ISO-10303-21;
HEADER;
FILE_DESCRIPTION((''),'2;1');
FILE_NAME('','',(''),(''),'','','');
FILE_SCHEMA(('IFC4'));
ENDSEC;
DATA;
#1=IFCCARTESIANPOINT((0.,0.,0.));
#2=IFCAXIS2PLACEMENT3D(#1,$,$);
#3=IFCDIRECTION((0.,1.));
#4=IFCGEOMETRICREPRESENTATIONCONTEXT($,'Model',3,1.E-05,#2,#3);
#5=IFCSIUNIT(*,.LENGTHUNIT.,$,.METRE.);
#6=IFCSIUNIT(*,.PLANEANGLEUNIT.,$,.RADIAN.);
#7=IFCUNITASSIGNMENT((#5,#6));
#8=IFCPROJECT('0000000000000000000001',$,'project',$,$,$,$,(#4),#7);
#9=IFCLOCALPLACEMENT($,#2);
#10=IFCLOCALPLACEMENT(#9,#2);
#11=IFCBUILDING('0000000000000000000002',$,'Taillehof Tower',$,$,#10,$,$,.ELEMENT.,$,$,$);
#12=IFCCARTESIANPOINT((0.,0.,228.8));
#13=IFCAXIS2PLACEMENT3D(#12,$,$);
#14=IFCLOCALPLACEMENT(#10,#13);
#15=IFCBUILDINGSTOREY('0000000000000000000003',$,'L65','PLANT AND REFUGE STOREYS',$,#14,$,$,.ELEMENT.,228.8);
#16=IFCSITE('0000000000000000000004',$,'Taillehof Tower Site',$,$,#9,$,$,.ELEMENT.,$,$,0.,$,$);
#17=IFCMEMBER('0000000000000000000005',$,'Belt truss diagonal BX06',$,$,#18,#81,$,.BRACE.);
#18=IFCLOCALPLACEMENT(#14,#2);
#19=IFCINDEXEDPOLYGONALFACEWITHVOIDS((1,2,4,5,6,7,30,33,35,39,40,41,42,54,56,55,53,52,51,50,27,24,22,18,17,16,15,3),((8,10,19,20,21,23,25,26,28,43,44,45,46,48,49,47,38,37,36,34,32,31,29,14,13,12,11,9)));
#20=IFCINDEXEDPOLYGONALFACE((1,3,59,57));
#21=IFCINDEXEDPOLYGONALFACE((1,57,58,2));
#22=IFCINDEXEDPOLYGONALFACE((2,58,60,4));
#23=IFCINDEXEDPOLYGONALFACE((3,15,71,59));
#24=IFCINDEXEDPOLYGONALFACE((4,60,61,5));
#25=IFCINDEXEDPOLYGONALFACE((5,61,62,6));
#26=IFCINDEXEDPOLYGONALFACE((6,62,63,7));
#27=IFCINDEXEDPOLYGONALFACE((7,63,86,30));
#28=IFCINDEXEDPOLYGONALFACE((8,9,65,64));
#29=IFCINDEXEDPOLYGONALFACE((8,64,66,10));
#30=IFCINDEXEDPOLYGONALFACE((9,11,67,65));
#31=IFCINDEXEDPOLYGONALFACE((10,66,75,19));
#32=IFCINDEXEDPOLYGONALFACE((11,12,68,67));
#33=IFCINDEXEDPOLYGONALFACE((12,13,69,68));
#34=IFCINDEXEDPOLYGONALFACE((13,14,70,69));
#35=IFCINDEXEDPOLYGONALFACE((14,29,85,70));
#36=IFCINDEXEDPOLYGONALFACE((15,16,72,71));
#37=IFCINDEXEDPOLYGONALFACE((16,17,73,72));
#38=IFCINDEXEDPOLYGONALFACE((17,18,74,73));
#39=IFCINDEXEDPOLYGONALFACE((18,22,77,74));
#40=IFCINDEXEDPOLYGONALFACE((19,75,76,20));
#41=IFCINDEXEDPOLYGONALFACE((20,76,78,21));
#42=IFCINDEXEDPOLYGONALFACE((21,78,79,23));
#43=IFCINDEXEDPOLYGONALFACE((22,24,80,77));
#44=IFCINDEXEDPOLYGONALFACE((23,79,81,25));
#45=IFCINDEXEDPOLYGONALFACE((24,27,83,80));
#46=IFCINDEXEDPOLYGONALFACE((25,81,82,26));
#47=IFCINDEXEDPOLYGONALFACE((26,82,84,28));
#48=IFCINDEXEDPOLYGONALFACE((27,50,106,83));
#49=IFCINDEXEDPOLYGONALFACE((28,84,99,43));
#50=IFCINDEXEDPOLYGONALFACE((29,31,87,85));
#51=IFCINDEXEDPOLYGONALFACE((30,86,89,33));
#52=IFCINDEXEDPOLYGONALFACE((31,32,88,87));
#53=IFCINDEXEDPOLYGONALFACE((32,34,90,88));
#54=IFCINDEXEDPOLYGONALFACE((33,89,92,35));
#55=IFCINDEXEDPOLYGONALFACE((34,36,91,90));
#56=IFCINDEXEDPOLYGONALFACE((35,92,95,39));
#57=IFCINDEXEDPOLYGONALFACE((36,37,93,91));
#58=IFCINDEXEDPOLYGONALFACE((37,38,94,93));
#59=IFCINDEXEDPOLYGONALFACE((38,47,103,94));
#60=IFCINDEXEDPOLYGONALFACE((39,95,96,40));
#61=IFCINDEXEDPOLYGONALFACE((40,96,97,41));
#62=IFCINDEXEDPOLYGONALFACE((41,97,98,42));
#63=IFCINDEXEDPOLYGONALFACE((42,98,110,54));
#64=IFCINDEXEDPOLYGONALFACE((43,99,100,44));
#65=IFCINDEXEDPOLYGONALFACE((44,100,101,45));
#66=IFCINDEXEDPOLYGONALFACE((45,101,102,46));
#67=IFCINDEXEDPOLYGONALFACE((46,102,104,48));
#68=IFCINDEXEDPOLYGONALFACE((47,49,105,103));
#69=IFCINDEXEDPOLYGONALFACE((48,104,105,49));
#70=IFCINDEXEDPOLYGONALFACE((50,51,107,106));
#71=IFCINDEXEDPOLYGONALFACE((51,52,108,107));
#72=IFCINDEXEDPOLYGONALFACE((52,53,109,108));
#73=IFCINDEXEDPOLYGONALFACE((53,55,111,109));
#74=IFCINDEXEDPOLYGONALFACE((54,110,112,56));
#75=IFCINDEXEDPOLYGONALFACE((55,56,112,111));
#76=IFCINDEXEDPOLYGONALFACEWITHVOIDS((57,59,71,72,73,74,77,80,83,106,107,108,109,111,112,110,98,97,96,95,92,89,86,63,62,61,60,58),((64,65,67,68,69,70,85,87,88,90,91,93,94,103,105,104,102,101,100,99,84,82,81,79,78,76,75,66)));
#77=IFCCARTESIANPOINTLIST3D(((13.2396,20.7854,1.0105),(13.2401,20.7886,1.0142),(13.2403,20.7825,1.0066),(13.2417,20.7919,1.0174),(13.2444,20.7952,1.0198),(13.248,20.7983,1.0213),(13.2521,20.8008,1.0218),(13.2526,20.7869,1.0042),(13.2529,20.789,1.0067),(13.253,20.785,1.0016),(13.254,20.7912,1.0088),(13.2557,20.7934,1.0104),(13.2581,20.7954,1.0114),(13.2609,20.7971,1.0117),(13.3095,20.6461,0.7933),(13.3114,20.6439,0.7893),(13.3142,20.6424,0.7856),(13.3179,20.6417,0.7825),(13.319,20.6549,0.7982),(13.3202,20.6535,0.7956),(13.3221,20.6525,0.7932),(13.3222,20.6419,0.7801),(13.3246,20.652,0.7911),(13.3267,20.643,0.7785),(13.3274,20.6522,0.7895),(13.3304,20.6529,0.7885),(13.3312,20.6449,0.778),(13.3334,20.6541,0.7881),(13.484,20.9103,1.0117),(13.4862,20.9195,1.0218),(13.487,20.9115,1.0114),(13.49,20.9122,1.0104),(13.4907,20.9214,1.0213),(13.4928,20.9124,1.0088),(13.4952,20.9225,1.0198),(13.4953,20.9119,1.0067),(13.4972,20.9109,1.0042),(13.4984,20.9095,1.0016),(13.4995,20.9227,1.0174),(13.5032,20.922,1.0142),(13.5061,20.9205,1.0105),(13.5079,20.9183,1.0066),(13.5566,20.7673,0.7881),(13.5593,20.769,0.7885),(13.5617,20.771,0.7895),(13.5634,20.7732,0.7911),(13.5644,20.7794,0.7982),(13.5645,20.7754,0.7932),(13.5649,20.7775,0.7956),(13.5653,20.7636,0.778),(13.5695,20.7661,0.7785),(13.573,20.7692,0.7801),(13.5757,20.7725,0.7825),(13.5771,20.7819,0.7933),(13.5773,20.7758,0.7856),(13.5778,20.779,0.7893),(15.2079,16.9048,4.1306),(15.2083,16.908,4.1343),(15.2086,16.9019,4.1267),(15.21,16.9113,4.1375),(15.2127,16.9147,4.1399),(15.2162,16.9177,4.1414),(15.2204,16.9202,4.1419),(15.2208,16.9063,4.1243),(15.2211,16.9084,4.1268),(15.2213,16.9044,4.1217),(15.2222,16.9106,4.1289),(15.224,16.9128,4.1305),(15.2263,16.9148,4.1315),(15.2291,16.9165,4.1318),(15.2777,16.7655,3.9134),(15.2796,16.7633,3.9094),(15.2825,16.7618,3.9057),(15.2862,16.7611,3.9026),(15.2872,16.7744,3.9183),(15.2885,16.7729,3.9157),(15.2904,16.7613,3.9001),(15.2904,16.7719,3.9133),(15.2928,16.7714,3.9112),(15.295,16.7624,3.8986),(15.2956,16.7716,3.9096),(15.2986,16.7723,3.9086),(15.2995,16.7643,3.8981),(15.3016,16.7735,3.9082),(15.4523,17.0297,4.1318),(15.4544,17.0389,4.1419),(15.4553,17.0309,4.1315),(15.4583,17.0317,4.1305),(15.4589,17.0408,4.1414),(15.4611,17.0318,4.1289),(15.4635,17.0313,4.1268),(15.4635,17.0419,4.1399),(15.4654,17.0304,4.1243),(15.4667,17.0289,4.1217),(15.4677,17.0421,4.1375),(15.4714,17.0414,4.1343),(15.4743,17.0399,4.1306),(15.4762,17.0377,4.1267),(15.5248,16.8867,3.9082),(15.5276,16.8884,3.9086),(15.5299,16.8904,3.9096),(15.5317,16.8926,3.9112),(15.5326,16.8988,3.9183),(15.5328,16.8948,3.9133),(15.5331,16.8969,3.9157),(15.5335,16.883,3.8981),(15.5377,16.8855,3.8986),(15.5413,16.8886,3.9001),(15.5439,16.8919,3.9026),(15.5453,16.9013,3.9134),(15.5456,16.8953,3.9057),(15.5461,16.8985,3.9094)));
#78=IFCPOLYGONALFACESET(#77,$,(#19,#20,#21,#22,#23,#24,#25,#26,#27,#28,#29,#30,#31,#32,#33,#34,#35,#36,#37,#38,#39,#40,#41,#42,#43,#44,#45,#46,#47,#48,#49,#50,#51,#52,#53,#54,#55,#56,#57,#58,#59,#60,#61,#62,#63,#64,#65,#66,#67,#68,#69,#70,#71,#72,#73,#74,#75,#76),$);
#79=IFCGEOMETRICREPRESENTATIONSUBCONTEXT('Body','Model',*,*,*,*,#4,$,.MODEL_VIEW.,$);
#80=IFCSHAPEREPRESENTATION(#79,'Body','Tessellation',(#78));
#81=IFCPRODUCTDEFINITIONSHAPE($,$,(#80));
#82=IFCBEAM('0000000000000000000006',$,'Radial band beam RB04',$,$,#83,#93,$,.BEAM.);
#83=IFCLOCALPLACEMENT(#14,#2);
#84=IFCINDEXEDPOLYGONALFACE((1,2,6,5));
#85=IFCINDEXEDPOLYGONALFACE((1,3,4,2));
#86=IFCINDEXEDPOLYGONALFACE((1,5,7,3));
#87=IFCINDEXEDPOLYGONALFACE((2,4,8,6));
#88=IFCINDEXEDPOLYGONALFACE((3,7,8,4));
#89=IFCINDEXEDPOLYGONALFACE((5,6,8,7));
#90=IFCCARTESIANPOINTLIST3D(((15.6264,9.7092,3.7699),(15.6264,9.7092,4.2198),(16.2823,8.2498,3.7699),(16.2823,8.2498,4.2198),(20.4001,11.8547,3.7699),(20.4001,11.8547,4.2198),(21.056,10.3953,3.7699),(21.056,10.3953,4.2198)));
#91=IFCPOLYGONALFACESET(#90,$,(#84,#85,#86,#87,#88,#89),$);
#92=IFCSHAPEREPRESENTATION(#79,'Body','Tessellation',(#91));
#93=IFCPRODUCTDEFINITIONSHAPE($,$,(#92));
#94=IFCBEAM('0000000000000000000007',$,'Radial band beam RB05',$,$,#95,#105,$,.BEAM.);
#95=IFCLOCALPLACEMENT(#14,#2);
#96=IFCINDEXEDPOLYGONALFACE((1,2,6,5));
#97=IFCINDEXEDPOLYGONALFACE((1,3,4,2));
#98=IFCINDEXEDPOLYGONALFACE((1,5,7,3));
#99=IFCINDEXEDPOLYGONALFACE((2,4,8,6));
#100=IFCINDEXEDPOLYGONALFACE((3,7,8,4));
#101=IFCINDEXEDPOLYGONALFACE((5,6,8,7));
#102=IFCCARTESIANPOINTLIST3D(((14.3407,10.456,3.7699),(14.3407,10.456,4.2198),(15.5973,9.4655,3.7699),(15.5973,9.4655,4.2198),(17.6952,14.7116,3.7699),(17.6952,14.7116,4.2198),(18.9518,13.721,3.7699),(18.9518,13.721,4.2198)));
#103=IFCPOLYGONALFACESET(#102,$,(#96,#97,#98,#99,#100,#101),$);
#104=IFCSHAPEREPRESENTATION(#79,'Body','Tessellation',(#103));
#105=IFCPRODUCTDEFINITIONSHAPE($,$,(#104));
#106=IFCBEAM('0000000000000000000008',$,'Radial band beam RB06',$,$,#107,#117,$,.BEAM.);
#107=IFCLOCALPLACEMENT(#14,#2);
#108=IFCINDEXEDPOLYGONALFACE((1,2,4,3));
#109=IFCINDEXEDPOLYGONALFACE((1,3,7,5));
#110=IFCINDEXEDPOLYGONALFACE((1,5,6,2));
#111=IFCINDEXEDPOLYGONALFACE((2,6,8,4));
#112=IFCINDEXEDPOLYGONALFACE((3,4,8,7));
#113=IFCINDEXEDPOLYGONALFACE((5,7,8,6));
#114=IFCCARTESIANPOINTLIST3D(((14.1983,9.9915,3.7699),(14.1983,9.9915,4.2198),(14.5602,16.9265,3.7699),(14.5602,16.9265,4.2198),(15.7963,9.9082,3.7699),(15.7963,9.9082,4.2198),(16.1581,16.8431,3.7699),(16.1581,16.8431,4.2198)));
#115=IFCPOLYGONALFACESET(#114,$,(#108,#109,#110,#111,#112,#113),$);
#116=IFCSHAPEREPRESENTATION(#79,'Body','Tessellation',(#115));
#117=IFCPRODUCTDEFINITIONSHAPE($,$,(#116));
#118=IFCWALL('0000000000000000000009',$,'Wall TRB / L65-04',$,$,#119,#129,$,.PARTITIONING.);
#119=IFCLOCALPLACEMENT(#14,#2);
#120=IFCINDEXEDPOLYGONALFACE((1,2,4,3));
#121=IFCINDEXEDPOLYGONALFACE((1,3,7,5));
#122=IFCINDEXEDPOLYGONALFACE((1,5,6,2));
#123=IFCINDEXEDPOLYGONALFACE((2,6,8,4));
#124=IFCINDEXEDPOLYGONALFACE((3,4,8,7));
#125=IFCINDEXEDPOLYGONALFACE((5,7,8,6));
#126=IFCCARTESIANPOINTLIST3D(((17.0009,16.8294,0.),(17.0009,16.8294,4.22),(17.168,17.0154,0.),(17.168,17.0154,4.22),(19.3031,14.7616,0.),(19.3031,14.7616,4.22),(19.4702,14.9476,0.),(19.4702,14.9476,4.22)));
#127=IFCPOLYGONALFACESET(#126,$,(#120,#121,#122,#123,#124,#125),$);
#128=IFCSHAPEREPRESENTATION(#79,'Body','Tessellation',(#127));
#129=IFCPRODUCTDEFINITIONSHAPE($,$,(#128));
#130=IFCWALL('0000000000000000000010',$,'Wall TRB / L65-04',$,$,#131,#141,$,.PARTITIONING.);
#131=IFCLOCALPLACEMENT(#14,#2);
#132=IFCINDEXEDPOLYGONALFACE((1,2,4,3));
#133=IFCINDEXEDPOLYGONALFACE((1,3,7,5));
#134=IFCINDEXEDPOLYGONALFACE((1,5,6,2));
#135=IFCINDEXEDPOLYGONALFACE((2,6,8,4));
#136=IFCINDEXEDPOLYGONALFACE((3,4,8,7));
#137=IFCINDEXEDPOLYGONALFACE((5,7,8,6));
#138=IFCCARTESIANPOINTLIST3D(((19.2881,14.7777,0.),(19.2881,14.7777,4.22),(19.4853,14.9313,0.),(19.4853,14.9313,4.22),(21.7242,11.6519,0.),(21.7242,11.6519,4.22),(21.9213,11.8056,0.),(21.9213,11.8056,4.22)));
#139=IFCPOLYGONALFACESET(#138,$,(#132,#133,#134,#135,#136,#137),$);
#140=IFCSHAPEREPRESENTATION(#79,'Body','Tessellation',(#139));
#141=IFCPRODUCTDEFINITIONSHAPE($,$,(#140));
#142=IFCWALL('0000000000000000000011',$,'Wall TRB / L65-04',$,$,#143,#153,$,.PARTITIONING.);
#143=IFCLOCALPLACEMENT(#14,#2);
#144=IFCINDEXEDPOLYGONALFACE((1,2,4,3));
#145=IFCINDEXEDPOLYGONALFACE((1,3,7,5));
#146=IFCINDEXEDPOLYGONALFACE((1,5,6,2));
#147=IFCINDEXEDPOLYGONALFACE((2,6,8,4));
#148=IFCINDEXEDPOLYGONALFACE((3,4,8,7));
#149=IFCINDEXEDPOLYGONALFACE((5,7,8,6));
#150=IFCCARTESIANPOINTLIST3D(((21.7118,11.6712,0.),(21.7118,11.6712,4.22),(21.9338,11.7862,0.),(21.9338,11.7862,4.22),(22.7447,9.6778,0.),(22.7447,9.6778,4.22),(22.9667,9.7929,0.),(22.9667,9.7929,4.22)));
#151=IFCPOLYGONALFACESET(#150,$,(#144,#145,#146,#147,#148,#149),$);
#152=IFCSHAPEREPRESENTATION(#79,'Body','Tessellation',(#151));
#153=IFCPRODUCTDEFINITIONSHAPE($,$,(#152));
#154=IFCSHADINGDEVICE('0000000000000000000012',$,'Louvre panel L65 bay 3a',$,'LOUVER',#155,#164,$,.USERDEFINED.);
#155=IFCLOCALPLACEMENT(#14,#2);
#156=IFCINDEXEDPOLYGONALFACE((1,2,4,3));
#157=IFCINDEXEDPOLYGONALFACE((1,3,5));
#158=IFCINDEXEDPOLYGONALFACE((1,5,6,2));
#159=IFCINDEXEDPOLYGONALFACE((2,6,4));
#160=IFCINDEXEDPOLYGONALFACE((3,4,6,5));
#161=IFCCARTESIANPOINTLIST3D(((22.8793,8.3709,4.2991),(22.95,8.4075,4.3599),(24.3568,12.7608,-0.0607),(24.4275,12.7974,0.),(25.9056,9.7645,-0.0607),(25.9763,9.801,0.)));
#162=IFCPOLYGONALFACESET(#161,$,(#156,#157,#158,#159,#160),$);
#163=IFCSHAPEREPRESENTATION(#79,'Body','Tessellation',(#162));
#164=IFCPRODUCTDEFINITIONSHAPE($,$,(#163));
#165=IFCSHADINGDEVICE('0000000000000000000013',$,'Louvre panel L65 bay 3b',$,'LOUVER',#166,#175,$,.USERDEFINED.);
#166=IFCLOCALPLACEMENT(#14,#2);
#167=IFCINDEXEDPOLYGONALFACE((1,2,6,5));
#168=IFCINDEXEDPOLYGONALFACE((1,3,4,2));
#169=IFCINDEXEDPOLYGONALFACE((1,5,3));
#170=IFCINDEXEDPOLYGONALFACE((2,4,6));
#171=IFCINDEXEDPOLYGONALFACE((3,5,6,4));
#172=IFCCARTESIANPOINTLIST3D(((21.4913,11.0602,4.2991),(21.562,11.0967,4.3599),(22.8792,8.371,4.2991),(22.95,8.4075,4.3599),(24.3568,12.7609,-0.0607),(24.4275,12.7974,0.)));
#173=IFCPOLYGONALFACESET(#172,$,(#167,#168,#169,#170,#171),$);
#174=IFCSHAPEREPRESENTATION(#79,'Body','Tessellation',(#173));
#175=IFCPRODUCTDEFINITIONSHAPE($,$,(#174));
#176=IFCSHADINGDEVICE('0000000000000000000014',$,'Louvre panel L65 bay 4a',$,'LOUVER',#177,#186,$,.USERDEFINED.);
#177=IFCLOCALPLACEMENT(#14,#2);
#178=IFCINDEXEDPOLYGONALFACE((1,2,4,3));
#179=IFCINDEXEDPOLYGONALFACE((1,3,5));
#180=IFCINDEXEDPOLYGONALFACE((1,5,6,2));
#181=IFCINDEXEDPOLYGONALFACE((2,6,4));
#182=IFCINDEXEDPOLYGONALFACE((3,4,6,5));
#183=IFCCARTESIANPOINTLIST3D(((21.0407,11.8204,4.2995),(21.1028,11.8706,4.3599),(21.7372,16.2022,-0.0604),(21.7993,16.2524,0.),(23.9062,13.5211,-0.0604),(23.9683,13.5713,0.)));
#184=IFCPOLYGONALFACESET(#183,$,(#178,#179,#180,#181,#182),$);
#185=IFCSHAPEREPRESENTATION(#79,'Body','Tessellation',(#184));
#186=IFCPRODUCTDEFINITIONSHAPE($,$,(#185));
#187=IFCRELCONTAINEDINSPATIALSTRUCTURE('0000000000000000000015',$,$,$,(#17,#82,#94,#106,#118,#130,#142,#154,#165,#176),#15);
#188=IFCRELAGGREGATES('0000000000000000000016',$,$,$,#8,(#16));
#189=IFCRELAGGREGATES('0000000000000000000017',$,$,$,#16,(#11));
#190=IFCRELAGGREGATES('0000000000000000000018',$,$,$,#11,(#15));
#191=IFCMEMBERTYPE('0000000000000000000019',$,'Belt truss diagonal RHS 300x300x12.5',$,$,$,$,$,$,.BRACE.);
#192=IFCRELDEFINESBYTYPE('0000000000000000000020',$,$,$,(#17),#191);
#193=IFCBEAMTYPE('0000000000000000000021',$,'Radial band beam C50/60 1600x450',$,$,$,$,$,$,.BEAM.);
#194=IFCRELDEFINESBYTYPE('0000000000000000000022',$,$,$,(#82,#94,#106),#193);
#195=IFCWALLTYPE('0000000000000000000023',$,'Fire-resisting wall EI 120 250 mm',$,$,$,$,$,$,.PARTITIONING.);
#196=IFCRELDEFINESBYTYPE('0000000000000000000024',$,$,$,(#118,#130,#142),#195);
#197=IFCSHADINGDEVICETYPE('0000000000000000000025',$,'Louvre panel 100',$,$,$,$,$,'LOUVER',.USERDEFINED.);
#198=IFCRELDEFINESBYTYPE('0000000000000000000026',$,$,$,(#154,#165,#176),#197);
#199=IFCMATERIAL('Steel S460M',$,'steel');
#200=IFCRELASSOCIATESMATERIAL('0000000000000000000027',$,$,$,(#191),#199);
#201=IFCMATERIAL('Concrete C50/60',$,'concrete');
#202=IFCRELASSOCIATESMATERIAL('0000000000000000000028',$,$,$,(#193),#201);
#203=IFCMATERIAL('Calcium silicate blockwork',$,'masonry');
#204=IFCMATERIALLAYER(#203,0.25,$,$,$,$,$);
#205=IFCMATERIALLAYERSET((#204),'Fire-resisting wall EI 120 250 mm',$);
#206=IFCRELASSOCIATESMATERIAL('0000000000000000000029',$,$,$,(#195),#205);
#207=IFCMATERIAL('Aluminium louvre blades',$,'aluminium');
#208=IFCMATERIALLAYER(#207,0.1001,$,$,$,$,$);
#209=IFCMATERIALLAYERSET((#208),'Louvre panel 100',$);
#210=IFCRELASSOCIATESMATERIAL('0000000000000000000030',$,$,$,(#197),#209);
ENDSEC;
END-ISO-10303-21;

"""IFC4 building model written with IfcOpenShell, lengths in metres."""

from ifc_helpers import new_model, si_unit, direction, frame, frame_2d, origin, origin_2d, place, context, subcontext, project, spatial, polyline, rectangle, hollow_rectangle, outline, extrude, material, layer, layer_set, material_profile, profile_set, type_object, element, save


model = new_model("IFC4")

# Units and contexts
model_context = context("Model", 3, precision=1e-05, world=origin(), true_north=direction((0.0, 1.0)))
body_context = subcontext(model_context, "Body", "Model", "MODEL_VIEW")
ifc_project = project(units=[si_unit("LENGTHUNIT", "METRE"), si_unit("PLANEANGLEUNIT", "RADIAN")], contexts=[model_context])

# Site, building, storey
site_placement = place(None, origin())
site = spatial("IfcSite", under=ifc_project, at=site_placement, Name="Taillehof Tower Site", CompositionType="ELEMENT", RefElevation=0.0)
building_placement = place(site_placement, origin())
building = spatial("IfcBuilding", under=site, at=building_placement, Name="Taillehof Tower", CompositionType="ELEMENT")
storey_placement = place(building_placement, frame((0.0, 0.0, 228.8)))
storey = spatial("IfcBuildingStorey", under=building, at=storey_placement, Name="L65", Description="PLANT AND REFUGE STOREYS", CompositionType="ELEMENT", Elevation=228.8)

# Member
ifc_material_1 = material(Name="Steel S460M", Category="steel")
ifc_material_profile_1 = material_profile(ifc_material_1, hollow_rectangle(XDim=0.3, YDim=0.3, WallThickness=0.0125, InnerFilletRadius=0.0125, OuterFilletRadius=0.0188, at=origin_2d()), Name="RHS 300x300x12.5")
ifc_profile_set_1 = profile_set([ifc_material_profile_1], Name="Steel S460M")
member_type_1 = type_object("IfcMemberType", Name="Belt truss diagonal RHS 300x300x12.5", PredefinedType="BRACE", material=ifc_profile_set_1)
member_1_placement = place(storey_placement, frame((15.377, 16.9016, 4.02), z_axis=(-0.367605, 0.724768, -0.582733), x_axis=(-0.891843, -0.452346, 0.0)))
element("IfcMember", 1, at=member_1_placement, inside=storey, type_object=member_type_1, Name="Belt truss diagonal BX06", PredefinedType="BRACE", context=body_context, shape_type="SweptSolid", body=[
    extrude(hollow_rectangle(XDim=0.3, YDim=0.3, WallThickness=0.0125, InnerFilletRadius=0.0125, OuterFilletRadius=0.0188, at=origin_2d()), origin(), (0.0, 0.0, 1.0), 5.3542),
])

# Beams
ifc_material_2 = material(Name="Concrete C50/60", Category="concrete")
ifc_material_profile_2 = material_profile(ifc_material_2, rectangle(XDim=1.6001, YDim=0.45, at=origin_2d()), Name="RC 1600x450")
ifc_profile_set_2 = profile_set([ifc_material_profile_2], Name="Concrete C50/60")
beam_type = type_object("IfcBeamType", Name="Radial band beam C50/60 1600x450", PredefinedType="BEAM", material=ifc_profile_set_2)
beam_1_placement = place(storey_placement, frame((20.728, 11.125, 3.9949), z_axis=(-0.912111, -0.409944, 0.0), x_axis=(0.409944, -0.912111, 0.0)))
element("IfcBeam", 2, at=beam_1_placement, inside=storey, type_object=beam_type, Name="Radial band beam RB04", PredefinedType="BEAM", context=body_context, shape_type="SweptSolid", body=[
    extrude(rectangle(XDim=1.6001, YDim=0.45, at=origin_2d()), origin(), (0.0, 0.0, 1.0), 5.2336),
])
beam_2_placement = place(storey_placement, frame((18.3235, 14.2163, 3.9949), z_axis=(-0.619052, -0.78535, 0.0), x_axis=(0.78535, -0.619052, 0.0)))
element("IfcBeam", 3, at=beam_2_placement, inside=storey, type_object=beam_type, Name="Radial band beam RB05", PredefinedType="BEAM", context=body_context, shape_type="SweptSolid", body=[
    extrude(rectangle(XDim=1.6001, YDim=0.45, at=origin_2d()), origin(), (0.0, 0.0, 1.0), 5.4187),
])
beam_3_placement = place(storey_placement, frame((15.3591, 16.8848, 3.9949), z_axis=(-0.052103, -0.998642, 0.0), x_axis=(0.998642, -0.052103, 0.0)))
element("IfcBeam", 4, at=beam_3_placement, inside=storey, type_object=beam_type, Name="Radial band beam RB06", PredefinedType="BEAM", context=body_context, shape_type="SweptSolid", body=[
    extrude(rectangle(XDim=1.6001, YDim=0.45, at=origin_2d()), origin(), (0.0, 0.0, 1.0), 6.9443),
])

# Walls
ifc_material_3 = material(Name="Calcium silicate blockwork", Category="masonry")
ifc_layer_1 = layer(ifc_material_3, 0.25)
ifc_layer_set_1 = layer_set([ifc_layer_1], Name="Fire-resisting wall EI 120 250 mm")
wall_type = type_object("IfcWallType", Name="Fire-resisting wall EI 120 250 mm", PredefinedType="PARTITIONING", material=ifc_layer_set_1)
wall_1_placement = place(storey_placement, frame((19.3867, 14.8545, 0.0), z_axis=(0.0, 0.0, 1.0), x_axis=(-0.743961, 0.668223, 0.0)))
element("IfcWall", 5, at=wall_1_placement, inside=storey, type_object=wall_type, Name="Wall TRB / L65-04", PredefinedType="PARTITIONING", context=body_context, shape_type="SweptSolid", body=[
    extrude(rectangle(XDim=3.0945, YDim=0.25, at=frame_2d((1.5474, 0.0))), origin(), (0.0, 0.0, 1.0), 4.22),
])
wall_2_placement = place(storey_placement, frame((21.8228, 11.7288, 0.0), z_axis=(0.0, 0.0, 1.0), x_axis=(-0.614712, 0.788751, 0.0)))
element("IfcWall", 6, at=wall_2_placement, inside=storey, type_object=wall_type, Name="Wall TRB / L65-04", PredefinedType="PARTITIONING", context=body_context, shape_type="SweptSolid", body=[
    extrude(rectangle(XDim=3.9629, YDim=0.25, at=frame_2d((1.9814, 0.0))), origin(), (0.0, 0.0, 1.0), 4.22),
])
wall_3_placement = place(storey_placement, frame((22.8557, 9.7354, 0.0), z_axis=(0.0, 0.0, 1.0), x_axis=(-0.460085, 0.887875, 0.0)))
element("IfcWall", 7, at=wall_3_placement, inside=storey, type_object=wall_type, Name="Wall TRB / L65-04", PredefinedType="PARTITIONING", context=body_context, shape_type="SweptSolid", body=[
    extrude(rectangle(XDim=2.2451, YDim=0.25, at=frame_2d((1.1226, 0.0))), origin(), (0.0, 0.0, 1.0), 4.22),
])

# Shading devices
ifc_material_4 = material(Name="Aluminium louvre blades", Category="aluminium")
ifc_layer_2 = layer(ifc_material_4, 0.1001)
ifc_layer_set_2 = layer_set([ifc_layer_2], Name="Louvre panel 100")
shading_device_type = type_object("IfcShadingDeviceType", Name="Louvre panel 100", ElementType="LOUVER", PredefinedType="USERDEFINED", material=ifc_layer_set_2)
shading_device_1_placement = place(storey_placement, frame((25.9763, 9.801, 0.0), z_axis=(0.706102, 0.364989, 0.606798), x_axis=(-0.459189, 0.888339, 0.0)))
element("IfcShadingDevice", 8, at=shading_device_1_placement, inside=storey, type_object=shading_device_type, Name="Louvre panel L65 bay 3a", ObjectType="LOUVER", PredefinedType="USERDEFINED", context=body_context, shape_type="SweptSolid", body=[
    extrude(outline(polyline([(0.0, 0.0), (3.373, 0.0), (0.1517, 5.4851), (0.0, 0.0)])), origin(), (0.0, 0.0, -1.0), 0.1001),
])
shading_device_2_placement = place(storey_placement, frame((24.4275, 12.7974, 0.0), z_axis=(0.706487, 0.364628, 0.606565), x_axis=(-0.522191, -0.309924, 0.794521)))
element("IfcShadingDevice", 9, at=shading_device_2_placement, inside=storey, type_object=shading_device_type, Name="Louvre panel L65 bay 3b", ObjectType="LOUVER", PredefinedType="USERDEFINED", context=body_context, shape_type="SweptSolid", body=[
    extrude(outline(polyline([(0.0, 0.0), (5.4874, 0.0), (5.5961, 3.0243), (0.0, 0.0)])), origin(), (0.0, 0.0, -1.0), 0.1001),
])
shading_device_3_placement = place(storey_placement, frame((23.9683, 13.5713, 0.0), z_axis=(0.620084, 0.501623, 0.603216), x_axis=(-0.628933, 0.777459, 0.0)))
element("IfcShadingDevice", 10, at=shading_device_3_placement, inside=storey, type_object=shading_device_type, Name="Louvre panel L65 bay 4a", ObjectType="LOUVER", PredefinedType="USERDEFINED", context=body_context, shape_type="SweptSolid", body=[
    extrude(outline(polyline([(0.0, 0.0), (3.4486, 0.0), (0.48, 5.4664), (0.0, 0.0)])), origin(), (0.0, 0.0, -1.0), 0.1001),
])

save(model, "model.ifc")
